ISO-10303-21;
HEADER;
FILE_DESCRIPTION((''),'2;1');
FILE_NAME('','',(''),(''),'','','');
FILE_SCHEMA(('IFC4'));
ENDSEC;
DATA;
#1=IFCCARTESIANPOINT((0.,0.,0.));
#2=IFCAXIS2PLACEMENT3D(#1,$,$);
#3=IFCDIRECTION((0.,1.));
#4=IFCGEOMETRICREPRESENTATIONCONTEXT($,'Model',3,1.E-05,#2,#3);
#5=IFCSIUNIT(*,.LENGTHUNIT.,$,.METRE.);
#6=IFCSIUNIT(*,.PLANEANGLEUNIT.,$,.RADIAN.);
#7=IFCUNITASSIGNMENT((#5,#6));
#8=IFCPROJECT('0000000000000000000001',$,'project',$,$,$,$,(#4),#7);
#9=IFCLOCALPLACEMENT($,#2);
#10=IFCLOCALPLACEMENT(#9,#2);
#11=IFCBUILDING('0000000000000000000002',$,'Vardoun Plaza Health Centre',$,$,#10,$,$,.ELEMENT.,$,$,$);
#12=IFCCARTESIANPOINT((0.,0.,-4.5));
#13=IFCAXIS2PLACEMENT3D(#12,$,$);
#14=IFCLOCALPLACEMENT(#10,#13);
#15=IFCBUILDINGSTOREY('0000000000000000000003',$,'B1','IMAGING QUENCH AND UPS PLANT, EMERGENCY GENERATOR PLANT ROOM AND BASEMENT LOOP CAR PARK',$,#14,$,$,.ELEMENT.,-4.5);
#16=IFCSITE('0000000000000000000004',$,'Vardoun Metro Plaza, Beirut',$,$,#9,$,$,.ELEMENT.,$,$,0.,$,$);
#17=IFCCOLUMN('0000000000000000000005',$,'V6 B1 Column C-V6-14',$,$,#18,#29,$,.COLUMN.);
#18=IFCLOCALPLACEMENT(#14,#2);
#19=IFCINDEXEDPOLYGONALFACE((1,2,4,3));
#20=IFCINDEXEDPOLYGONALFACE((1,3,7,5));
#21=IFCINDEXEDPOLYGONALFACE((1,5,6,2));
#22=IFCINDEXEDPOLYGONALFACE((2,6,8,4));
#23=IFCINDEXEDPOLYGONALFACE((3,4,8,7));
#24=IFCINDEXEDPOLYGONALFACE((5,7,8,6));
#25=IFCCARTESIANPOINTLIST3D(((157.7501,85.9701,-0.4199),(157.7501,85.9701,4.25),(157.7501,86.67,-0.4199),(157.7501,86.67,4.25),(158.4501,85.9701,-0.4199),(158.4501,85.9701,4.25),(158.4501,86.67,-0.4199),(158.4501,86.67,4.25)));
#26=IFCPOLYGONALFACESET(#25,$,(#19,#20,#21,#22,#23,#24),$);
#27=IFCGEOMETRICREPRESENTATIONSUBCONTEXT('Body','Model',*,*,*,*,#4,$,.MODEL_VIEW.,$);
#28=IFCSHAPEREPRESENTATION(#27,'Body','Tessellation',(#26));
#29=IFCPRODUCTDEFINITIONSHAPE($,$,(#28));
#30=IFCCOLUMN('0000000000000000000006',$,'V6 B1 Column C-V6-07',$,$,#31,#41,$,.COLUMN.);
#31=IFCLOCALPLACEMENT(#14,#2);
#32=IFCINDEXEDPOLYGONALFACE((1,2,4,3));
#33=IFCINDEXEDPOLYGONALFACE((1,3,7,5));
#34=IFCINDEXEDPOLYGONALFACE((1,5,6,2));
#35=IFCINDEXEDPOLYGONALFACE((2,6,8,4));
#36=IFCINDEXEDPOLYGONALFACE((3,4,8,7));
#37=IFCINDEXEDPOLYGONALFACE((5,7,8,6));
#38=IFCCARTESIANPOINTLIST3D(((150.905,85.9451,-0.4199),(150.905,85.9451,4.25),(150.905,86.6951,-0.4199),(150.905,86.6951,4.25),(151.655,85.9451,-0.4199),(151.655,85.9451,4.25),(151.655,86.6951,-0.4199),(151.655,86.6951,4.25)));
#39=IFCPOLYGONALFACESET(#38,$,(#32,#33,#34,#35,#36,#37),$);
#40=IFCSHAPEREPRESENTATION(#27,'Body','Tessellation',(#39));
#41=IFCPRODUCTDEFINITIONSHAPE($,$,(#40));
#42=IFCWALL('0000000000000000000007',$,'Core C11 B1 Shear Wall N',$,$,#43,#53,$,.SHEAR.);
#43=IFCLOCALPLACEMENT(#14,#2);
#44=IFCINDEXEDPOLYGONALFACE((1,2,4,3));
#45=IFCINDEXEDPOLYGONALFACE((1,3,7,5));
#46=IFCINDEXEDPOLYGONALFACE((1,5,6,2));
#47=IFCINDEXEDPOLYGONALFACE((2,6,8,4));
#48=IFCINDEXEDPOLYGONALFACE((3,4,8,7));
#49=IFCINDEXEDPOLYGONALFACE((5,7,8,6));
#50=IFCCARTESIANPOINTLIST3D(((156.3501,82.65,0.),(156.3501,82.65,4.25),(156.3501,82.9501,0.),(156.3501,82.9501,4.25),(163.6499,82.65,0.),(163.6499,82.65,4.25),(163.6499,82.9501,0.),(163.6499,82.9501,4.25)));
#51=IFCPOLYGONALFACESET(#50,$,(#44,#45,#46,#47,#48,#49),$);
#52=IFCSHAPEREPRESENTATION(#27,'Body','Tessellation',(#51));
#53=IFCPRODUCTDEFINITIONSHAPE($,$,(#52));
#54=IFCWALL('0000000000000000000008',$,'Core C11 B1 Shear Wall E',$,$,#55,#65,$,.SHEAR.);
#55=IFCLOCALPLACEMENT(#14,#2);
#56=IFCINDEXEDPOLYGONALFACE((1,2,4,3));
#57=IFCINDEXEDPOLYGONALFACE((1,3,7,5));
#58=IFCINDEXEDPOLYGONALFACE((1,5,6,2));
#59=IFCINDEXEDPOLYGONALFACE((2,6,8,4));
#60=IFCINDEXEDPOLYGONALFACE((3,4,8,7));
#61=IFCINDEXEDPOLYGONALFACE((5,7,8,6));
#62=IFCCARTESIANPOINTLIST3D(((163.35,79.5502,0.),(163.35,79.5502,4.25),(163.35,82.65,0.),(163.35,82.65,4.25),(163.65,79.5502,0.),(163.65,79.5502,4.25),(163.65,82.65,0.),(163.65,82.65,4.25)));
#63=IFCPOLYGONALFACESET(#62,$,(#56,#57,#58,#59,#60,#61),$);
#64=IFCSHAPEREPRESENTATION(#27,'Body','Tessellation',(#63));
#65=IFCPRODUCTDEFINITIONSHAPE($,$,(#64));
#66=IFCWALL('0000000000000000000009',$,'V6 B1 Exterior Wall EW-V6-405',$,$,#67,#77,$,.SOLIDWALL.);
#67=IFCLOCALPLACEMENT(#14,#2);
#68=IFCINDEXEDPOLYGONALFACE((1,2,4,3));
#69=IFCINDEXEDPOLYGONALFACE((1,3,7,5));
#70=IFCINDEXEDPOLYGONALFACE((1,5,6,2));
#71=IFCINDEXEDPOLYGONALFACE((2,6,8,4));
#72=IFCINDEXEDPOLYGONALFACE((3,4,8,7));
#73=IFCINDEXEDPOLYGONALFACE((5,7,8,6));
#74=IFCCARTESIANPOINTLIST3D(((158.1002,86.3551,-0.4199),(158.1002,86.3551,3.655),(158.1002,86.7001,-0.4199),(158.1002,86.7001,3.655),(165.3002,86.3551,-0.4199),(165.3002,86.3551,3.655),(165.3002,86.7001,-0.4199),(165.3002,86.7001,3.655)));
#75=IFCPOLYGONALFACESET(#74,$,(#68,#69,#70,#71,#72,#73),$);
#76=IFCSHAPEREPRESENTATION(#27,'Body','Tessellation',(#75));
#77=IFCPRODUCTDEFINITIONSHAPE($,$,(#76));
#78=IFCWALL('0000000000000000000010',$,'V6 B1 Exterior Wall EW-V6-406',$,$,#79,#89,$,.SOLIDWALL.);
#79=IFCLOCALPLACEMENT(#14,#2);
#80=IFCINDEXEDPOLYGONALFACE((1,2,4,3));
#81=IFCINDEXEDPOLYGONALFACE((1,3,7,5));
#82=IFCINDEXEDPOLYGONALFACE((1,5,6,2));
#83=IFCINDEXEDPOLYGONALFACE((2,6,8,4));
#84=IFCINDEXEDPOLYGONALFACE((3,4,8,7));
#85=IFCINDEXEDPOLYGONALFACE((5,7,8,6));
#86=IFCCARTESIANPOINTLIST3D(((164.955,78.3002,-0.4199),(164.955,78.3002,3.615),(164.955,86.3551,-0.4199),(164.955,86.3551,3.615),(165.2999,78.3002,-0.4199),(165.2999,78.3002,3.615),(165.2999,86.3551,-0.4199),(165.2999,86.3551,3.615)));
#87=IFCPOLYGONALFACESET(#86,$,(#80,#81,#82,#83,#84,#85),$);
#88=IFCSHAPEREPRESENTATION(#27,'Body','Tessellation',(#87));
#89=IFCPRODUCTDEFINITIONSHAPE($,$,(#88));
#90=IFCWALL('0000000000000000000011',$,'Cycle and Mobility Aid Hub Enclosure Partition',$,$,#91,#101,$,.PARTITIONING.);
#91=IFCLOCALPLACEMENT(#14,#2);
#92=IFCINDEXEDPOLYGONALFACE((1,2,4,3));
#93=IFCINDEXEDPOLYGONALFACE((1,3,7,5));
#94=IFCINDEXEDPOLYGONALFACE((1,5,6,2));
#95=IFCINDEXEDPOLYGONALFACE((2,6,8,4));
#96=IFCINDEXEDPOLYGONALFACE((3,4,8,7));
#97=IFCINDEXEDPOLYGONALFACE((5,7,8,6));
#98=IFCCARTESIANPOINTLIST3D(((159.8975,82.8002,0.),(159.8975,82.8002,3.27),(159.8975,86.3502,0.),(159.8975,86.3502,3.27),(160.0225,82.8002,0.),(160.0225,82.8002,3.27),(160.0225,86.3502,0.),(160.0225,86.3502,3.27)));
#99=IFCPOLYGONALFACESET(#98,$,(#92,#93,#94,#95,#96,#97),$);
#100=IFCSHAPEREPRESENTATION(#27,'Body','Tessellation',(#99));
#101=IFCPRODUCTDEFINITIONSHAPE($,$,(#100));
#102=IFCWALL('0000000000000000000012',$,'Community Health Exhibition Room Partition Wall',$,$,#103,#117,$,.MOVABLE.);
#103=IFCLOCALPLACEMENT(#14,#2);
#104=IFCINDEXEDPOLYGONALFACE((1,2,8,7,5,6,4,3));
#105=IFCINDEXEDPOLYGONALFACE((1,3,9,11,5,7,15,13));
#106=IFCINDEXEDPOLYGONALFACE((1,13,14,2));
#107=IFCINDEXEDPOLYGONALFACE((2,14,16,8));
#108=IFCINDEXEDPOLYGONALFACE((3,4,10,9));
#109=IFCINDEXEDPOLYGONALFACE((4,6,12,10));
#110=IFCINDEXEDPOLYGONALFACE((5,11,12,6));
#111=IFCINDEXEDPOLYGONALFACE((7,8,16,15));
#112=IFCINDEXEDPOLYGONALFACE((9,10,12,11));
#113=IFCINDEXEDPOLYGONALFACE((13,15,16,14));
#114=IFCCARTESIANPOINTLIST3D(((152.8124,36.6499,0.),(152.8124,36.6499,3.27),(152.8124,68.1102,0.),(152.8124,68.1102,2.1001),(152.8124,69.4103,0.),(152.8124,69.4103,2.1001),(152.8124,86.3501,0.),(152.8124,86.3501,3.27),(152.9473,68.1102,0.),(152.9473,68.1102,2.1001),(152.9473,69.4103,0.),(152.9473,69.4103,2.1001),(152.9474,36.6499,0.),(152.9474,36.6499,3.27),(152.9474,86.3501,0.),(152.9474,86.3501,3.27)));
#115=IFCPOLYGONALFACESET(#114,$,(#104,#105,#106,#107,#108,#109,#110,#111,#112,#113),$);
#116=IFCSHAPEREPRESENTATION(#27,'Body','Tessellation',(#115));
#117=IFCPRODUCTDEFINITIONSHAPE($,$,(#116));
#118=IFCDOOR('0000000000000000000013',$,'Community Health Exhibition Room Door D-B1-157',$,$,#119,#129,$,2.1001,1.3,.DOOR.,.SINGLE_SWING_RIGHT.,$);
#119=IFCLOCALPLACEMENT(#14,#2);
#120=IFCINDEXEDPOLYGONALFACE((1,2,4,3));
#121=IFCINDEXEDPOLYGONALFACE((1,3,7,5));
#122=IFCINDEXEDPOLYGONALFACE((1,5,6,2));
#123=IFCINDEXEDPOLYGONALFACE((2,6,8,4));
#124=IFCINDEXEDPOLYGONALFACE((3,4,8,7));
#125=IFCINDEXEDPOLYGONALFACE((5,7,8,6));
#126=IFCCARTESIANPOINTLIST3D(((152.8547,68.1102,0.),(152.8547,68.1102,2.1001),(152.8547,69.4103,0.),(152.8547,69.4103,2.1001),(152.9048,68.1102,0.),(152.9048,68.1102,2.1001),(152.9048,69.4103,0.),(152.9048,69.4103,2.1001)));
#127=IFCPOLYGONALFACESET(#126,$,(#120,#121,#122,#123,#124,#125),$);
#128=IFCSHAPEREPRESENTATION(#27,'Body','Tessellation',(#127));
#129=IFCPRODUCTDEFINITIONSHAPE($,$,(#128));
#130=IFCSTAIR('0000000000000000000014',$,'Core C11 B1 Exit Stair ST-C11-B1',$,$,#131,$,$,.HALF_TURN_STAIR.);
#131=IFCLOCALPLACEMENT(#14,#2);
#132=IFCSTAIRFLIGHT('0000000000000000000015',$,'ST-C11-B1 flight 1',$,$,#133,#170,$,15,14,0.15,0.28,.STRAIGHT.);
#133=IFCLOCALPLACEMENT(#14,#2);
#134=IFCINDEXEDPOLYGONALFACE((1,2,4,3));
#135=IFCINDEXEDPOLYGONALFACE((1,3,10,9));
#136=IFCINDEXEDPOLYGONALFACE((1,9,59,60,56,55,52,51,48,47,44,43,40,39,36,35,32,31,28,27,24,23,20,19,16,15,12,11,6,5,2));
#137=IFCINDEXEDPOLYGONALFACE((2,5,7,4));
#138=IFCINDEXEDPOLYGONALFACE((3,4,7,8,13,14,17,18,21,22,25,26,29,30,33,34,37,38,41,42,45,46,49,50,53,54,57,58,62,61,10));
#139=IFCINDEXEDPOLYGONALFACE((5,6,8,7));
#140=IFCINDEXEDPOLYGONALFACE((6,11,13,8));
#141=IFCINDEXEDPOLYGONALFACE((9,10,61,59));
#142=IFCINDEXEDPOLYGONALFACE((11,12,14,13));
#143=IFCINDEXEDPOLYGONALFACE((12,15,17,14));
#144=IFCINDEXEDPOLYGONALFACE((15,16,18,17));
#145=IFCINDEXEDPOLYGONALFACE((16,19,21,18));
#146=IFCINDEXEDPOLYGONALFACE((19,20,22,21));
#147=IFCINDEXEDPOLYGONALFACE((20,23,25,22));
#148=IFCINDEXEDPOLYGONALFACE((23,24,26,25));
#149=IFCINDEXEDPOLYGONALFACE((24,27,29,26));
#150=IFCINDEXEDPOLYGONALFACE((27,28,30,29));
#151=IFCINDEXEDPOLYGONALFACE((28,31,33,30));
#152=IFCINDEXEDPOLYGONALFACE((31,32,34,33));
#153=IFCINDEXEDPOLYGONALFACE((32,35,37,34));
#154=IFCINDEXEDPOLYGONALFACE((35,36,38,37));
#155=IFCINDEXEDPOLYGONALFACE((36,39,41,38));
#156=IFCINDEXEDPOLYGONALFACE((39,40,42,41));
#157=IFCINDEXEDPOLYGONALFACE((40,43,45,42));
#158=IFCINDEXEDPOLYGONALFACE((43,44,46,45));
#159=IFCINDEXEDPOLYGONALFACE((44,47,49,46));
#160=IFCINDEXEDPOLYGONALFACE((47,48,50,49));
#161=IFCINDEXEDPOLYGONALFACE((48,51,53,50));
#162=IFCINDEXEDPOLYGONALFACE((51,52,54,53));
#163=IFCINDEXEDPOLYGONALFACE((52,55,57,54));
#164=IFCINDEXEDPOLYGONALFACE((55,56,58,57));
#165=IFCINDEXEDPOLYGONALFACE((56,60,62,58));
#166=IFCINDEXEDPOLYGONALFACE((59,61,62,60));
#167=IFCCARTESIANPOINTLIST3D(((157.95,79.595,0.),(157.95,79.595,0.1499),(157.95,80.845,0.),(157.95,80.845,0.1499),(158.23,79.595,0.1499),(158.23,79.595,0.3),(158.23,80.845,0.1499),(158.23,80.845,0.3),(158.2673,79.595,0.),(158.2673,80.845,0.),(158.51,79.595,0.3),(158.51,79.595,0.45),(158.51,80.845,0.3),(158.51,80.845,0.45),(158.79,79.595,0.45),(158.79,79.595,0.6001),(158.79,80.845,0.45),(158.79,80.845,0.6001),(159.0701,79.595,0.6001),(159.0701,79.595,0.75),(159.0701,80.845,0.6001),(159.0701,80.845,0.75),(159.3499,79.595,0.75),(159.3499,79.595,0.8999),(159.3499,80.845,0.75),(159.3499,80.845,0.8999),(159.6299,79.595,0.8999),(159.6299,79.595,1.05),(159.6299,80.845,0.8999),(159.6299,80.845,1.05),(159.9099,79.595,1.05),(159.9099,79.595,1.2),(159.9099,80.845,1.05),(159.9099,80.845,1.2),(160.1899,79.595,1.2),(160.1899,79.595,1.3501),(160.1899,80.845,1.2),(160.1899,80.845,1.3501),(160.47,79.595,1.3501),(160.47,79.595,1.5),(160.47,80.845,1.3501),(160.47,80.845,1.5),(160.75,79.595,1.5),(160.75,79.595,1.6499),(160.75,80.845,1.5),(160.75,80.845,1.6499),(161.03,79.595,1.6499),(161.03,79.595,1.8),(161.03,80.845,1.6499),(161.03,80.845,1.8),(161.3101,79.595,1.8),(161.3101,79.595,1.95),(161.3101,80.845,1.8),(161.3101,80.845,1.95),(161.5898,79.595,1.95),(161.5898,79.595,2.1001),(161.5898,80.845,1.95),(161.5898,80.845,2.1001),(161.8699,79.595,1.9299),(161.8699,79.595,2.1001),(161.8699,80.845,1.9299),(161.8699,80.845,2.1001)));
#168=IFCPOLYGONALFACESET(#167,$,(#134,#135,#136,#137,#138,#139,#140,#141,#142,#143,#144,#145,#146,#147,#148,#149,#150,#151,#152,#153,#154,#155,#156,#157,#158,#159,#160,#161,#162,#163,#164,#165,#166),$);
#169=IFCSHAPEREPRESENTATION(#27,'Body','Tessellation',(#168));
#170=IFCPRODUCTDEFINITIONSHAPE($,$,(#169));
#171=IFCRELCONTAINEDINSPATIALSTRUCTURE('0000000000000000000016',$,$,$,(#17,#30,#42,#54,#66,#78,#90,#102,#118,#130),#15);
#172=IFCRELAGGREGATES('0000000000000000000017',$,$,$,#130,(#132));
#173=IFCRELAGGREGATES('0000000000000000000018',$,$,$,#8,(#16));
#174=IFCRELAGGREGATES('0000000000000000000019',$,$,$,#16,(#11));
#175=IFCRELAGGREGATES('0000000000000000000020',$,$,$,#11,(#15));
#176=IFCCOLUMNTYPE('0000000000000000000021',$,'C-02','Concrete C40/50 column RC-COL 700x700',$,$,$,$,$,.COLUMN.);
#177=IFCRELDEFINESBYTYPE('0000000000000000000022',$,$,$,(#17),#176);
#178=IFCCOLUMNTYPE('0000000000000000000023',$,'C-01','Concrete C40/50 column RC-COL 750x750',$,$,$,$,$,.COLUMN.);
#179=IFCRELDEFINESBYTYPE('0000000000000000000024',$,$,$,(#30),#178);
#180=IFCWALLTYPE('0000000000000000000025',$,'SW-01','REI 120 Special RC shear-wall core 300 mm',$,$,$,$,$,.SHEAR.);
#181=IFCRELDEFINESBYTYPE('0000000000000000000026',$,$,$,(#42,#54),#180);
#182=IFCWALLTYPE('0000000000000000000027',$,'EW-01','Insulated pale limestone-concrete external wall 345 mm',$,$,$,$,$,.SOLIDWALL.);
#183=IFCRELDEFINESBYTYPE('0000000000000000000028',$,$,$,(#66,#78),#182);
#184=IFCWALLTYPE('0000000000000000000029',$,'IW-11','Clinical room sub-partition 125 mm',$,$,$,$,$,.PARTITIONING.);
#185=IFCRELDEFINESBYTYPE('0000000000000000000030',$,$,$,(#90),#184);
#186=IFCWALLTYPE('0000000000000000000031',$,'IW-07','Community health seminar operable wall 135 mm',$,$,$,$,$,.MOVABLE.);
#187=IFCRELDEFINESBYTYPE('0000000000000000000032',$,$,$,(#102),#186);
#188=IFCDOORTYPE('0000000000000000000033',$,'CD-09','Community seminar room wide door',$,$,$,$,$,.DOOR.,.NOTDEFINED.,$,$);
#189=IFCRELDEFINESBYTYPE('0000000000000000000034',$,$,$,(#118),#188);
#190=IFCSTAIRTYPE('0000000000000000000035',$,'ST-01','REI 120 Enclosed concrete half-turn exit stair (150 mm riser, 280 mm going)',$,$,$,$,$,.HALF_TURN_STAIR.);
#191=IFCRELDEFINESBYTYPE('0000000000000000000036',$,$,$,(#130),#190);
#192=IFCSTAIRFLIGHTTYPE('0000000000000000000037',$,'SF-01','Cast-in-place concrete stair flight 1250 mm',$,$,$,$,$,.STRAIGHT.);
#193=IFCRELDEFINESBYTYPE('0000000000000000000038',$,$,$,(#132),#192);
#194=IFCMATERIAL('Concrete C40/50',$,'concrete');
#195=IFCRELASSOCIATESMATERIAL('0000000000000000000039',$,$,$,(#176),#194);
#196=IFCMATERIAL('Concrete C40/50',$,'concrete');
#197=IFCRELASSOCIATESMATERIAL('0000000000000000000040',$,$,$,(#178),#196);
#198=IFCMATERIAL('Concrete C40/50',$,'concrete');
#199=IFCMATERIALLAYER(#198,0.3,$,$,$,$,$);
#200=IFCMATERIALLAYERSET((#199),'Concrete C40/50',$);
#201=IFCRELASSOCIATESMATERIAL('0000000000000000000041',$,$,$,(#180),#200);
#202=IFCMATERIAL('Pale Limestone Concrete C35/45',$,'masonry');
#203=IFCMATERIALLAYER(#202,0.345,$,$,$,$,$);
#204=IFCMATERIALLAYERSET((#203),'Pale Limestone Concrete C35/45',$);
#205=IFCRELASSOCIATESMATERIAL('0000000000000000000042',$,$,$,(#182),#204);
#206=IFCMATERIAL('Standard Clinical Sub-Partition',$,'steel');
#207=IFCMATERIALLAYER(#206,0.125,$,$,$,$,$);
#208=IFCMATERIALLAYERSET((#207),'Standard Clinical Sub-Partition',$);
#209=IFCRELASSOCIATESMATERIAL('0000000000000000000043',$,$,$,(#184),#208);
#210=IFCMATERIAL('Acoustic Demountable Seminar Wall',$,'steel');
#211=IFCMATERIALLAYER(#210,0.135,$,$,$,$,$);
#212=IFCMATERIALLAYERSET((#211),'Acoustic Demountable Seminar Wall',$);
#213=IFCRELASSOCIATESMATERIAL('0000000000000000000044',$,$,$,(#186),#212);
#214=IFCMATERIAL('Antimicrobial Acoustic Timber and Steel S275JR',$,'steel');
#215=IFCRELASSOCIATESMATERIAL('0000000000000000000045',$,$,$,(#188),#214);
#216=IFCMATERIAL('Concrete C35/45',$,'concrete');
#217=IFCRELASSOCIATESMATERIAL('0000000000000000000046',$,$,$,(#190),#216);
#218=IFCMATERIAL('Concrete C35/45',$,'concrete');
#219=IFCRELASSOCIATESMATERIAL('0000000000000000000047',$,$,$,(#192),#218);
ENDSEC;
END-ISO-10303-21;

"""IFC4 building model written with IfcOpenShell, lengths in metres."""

from ifc_helpers import new_model, si_unit, direction, frame, frame_2d, origin, origin_2d, place, context, subcontext, project, spatial, polyline, rectangle, outline, extrude, material, layer, layer_set, material_profile, profile_set, type_object, element, fill, aggregate, save


model = new_model("IFC4")

# Units and contexts
model_context = context("Model", 3, precision=1e-05, world=origin(), true_north=direction((0.0, 1.0)))
body_context = subcontext(model_context, "Body", "Model", "MODEL_VIEW")
ifc_project = project(units=[si_unit("LENGTHUNIT", "METRE"), si_unit("PLANEANGLEUNIT", "RADIAN")], contexts=[model_context])

# Site, building, storey
site_placement = place(None, origin())
site = spatial("IfcSite", under=ifc_project, at=site_placement, Name="Vardoun Metro Plaza, Beirut", CompositionType="ELEMENT", RefElevation=0.0)
building_placement = place(site_placement, origin())
building = spatial("IfcBuilding", under=site, at=building_placement, Name="Vardoun Plaza Health Centre", CompositionType="ELEMENT")
storey_placement = place(building_placement, frame((0.0, 0.0, -4.5)))
storey = spatial("IfcBuildingStorey", under=building, at=storey_placement, Name="B1", Description="IMAGING QUENCH AND UPS PLANT, EMERGENCY GENERATOR PLANT ROOM AND BASEMENT LOOP CAR PARK", CompositionType="ELEMENT", Elevation=-4.5)

# Columns
ifc_material_1 = material(Name="Concrete C40/50", Category="concrete")
ifc_material_profile_1 = material_profile(ifc_material_1, rectangle(XDim=0.7, YDim=0.7, at=origin_2d()), Name="RC-COL 700x700")
ifc_profile_set_1 = profile_set([ifc_material_profile_1], Name="Concrete C40/50")
column_type_1 = type_object("IfcColumnType", Name="C-02", Description="Concrete C40/50 column RC-COL 700x700", PredefinedType="COLUMN", material=ifc_profile_set_1)
column_1_placement = place(storey_placement, frame((158.1001, 86.3201, -0.4199), z_axis=(0.0, 0.0, 1.0), x_axis=(1.0, 0.0, 0.0)))
element("IfcColumn", 1, at=column_1_placement, inside=storey, type_object=column_type_1, Name="V6 B1 Column C-V6-14", PredefinedType="COLUMN", context=body_context, shape_type="SweptSolid", body=[
    extrude(rectangle(XDim=0.7, YDim=0.7, at=origin_2d()), origin(), (0.0, 0.0, 1.0), 4.6699),
])
ifc_material_2 = material(Name="Concrete C40/50", Category="concrete")
ifc_material_profile_2 = material_profile(ifc_material_2, rectangle(XDim=0.75, YDim=0.75, at=origin_2d()), Name="RC-COL 750x750")
ifc_profile_set_2 = profile_set([ifc_material_profile_2], Name="Concrete C40/50")
column_type_2 = type_object("IfcColumnType", Name="C-01", Description="Concrete C40/50 column RC-COL 750x750", PredefinedType="COLUMN", material=ifc_profile_set_2)
column_2_placement = place(storey_placement, frame((151.28, 86.3201, -0.4199), z_axis=(0.0, 0.0, 1.0), x_axis=(1.0, 0.0, 0.0)))
element("IfcColumn", 2, at=column_2_placement, inside=storey, type_object=column_type_2, Name="V6 B1 Column C-V6-07", PredefinedType="COLUMN", context=body_context, shape_type="SweptSolid", body=[
    extrude(rectangle(XDim=0.75, YDim=0.75, at=origin_2d()), origin(), (0.0, 0.0, 1.0), 4.6699),
])

# Walls
ifc_material_3 = material(Name="Concrete C40/50", Category="concrete")
ifc_layer_1 = layer(ifc_material_3, 0.3)
ifc_layer_set_1 = layer_set([ifc_layer_1], Name="Concrete C40/50")
wall_type_1 = type_object("IfcWallType", Name="SW-01", Description="REI 120 Special RC shear-wall core 300 mm", PredefinedType="SHEAR", material=ifc_layer_set_1)
wall_1_placement = place(storey_placement, frame((156.3501, 82.8, 0.0), z_axis=(0.0, 0.0, 1.0), x_axis=(1.0, 0.0, 0.0)))
element("IfcWall", 3, at=wall_1_placement, inside=storey, type_object=wall_type_1, Name="Core C11 B1 Shear Wall N", PredefinedType="SHEAR", context=body_context, shape_type="SweptSolid", body=[
    extrude(rectangle(XDim=7.2998, YDim=0.3, at=frame_2d((3.6499, 0.0))), origin(), (0.0, 0.0, 1.0), 4.25),
])
wall_2_placement = place(storey_placement, frame((163.5, 82.6499, 0.0), z_axis=(0.0, 0.0, 1.0), x_axis=(0.0, -1.0, 0.0)))
element("IfcWall", 4, at=wall_2_placement, inside=storey, type_object=wall_type_1, Name="Core C11 B1 Shear Wall E", PredefinedType="SHEAR", context=body_context, shape_type="SweptSolid", body=[
    extrude(rectangle(XDim=3.0999, YDim=0.3, at=frame_2d((1.5498, 0.0))), origin(), (0.0, 0.0, 1.0), 4.25),
])
ifc_material_4 = material(Name="Pale Limestone Concrete C35/45", Category="masonry")
ifc_layer_2 = layer(ifc_material_4, 0.345)
ifc_layer_set_2 = layer_set([ifc_layer_2], Name="Pale Limestone Concrete C35/45")
wall_type_2 = type_object("IfcWallType", Name="EW-01", Description="Insulated pale limestone-concrete external wall 345 mm", PredefinedType="SOLIDWALL", material=ifc_layer_set_2)
wall_3_placement = place(storey_placement, frame((158.1001, 86.5276, -0.4199), z_axis=(0.0, 0.0, 1.0), x_axis=(1.0, 0.0, 0.0)))
element("IfcWall", 5, at=wall_3_placement, inside=storey, type_object=wall_type_2, Name="V6 B1 Exterior Wall EW-V6-405", PredefinedType="SOLIDWALL", context=body_context, shape_type="SweptSolid", body=[
    extrude(rectangle(XDim=7.2, YDim=0.345, at=frame_2d((3.6001, 0.0))), origin(), (0.0, 0.0, 1.0), 4.075),
])
wall_4_placement = place(storey_placement, frame((165.1274, 86.355, -0.4199), z_axis=(0.0, 0.0, 1.0), x_axis=(0.0, -1.0, 0.0)))
element("IfcWall", 6, at=wall_4_placement, inside=storey, type_object=wall_type_2, Name="V6 B1 Exterior Wall EW-V6-406", PredefinedType="SOLIDWALL", context=body_context, shape_type="SweptSolid", body=[
    extrude(rectangle(XDim=8.0549, YDim=0.345, at=frame_2d((4.0273, 0.0))), origin(), (0.0, 0.0, 1.0), 4.0349),
])
ifc_material_5 = material(Name="Standard Clinical Sub-Partition", Category="steel")
ifc_layer_3 = layer(ifc_material_5, 0.125)
ifc_layer_set_3 = layer_set([ifc_layer_3], Name="Standard Clinical Sub-Partition")
wall_type_3 = type_object("IfcWallType", Name="IW-11", Description="Clinical room sub-partition 125 mm", PredefinedType="PARTITIONING", material=ifc_layer_set_3)
wall_5_placement = place(storey_placement, frame((159.96, 86.3501, 0.0), z_axis=(0.0, 0.0, 1.0), x_axis=(0.0, -1.0, 0.0)))
element("IfcWall", 7, at=wall_5_placement, inside=storey, type_object=wall_type_3, Name="Cycle and Mobility Aid Hub Enclosure Partition", PredefinedType="PARTITIONING", context=body_context, shape_type="SweptSolid", body=[
    extrude(rectangle(XDim=3.55, YDim=0.125, at=frame_2d((1.7749, 0.0))), origin(), (0.0, 0.0, 1.0), 3.27),
])

# Wall, opening, door
ifc_material_6 = material(Name="Acoustic Demountable Seminar Wall", Category="steel")
ifc_layer_4 = layer(ifc_material_6, 0.135)
ifc_layer_set_4 = layer_set([ifc_layer_4], Name="Acoustic Demountable Seminar Wall")
wall_type_4 = type_object("IfcWallType", Name="IW-07", Description="Community health seminar operable wall 135 mm", PredefinedType="MOVABLE", material=ifc_layer_set_4)
wall_6_placement = place(storey_placement, frame((152.8799, 86.3501, 0.0), z_axis=(0.0, 0.0, 1.0), x_axis=(0.0, -1.0, 0.0)))
wall_6 = element("IfcWall", 8, at=wall_6_placement, inside=storey, type_object=wall_type_4, Name="Community Health Exhibition Room Partition Wall", PredefinedType="MOVABLE", context=body_context, shape_type="SweptSolid", body=[
    extrude(rectangle(XDim=49.7002, YDim=0.135, at=frame_2d((24.8501, 0.0))), origin(), (0.0, 0.0, 1.0), 3.27),
])
opening_placement = place(wall_6_placement, frame((16.9399, 0.0, 0.0)))
opening = element("IfcOpeningElement", 9, at=opening_placement, cuts=wall_6, PredefinedType="OPENING", context=body_context, shape_type="SweptSolid", body=[
    extrude(rectangle(XDim=1.3, YDim=2.1001, at=frame_2d((0.6499, 1.05))), frame((0.0, 0.0674, 0.0), z_axis=(0.0, -1.0, 0.0), x_axis=(1.0, 0.0, 0.0)), (0.0, 0.0, 1.0), 0.135),
])
ifc_material_7 = material(Name="Antimicrobial Acoustic Timber and Steel S275JR", Category="steel")
door_type = type_object("IfcDoorType", Name="CD-09", Description="Community seminar room wide door", OperationType="NOTDEFINED", PredefinedType="DOOR", material=ifc_material_7)
door_placement = place(opening_placement, origin())
door = element("IfcDoor", 10, at=door_placement, inside=storey, type_object=door_type, Name="Community Health Exhibition Room Door D-B1-157", OperationType="SINGLE_SWING_RIGHT", OverallHeight=2.1001, OverallWidth=1.3, PredefinedType="DOOR", context=body_context, shape_type="SweptSolid", body=[
    extrude(rectangle(XDim=1.3, YDim=2.1001, at=frame_2d((0.6499, 1.05))), frame((0.0, 0.0249, 0.0), z_axis=(0.0, -1.0, 0.0), x_axis=(1.0, 0.0, 0.0)), (0.0, 0.0, 1.0), 0.05),
])
fill(opening, door)

# Stair, stair flight
ifc_material_8 = material(Name="Concrete C35/45", Category="concrete")
stair_type = type_object("IfcStairType", Name="ST-01", Description="REI 120 Enclosed concrete half-turn exit stair (150 mm riser, 280 mm going)", PredefinedType="HALF_TURN_STAIR", material=ifc_material_8)
stair_placement = place(storey_placement, origin())
stair = element("IfcStair", 11, at=stair_placement, inside=storey, type_object=stair_type, Name="Core C11 B1 Exit Stair ST-C11-B1", PredefinedType="HALF_TURN_STAIR")
ifc_material_9 = material(Name="Concrete C35/45", Category="concrete")
stair_flight_type = type_object("IfcStairFlightType", Name="SF-01", Description="Cast-in-place concrete stair flight 1250 mm", PredefinedType="STRAIGHT", material=ifc_material_9)
stair_flight_1_placement = place(storey_placement, frame((157.95, 80.22, 0.0), z_axis=(0.0, 0.0, 1.0), x_axis=(1.0, 0.0, 0.0)))
stair_flight_1 = element("IfcStairFlight", 12, at=stair_flight_1_placement, type_object=stair_flight_type, Name="ST-C11-B1 flight 1", NumberOfRisers=15, NumberOfTreads=14, PredefinedType="STRAIGHT", RiserHeight=0.15, TreadLength=0.28, context=body_context, shape_type="SweptSolid", body=[
    extrude(outline(polyline([(0.0, 0.0), (0.0, 0.1499), (0.28, 0.1499), (0.28, 0.3), (0.5601, 0.3), (0.5601, 0.45), (0.8401, 0.45), (0.8401, 0.6001), (1.1201, 0.6001), (1.1201, 0.75), (1.3999, 0.75), (1.3999, 0.8999), (1.6799, 0.8999), (1.6799, 1.05), (1.96, 1.05), (1.96, 1.2), (2.24, 1.2), (2.24, 1.3501), (2.52, 1.3501), (2.52, 1.5), (2.8, 1.5), (2.8, 1.6499), (3.0801, 1.6499), (3.0801, 1.8), (3.3601, 1.8), (3.3601, 1.95), (3.6399, 1.95), (3.6399, 2.1001), (3.9199, 2.1001), (3.9199, 2.25), (3.9199, 1.9299), (0.3174, 0.0), (0.0, 0.0)])), frame((0.0, 0.625, 0.0), z_axis=(0.0, -1.0, 0.0), x_axis=(1.0, 0.0, 0.0)), (0.0, 0.0, 1.0), 1.25),
])
aggregate(stair, [stair_flight_1])

save(model, "model.ifc")
